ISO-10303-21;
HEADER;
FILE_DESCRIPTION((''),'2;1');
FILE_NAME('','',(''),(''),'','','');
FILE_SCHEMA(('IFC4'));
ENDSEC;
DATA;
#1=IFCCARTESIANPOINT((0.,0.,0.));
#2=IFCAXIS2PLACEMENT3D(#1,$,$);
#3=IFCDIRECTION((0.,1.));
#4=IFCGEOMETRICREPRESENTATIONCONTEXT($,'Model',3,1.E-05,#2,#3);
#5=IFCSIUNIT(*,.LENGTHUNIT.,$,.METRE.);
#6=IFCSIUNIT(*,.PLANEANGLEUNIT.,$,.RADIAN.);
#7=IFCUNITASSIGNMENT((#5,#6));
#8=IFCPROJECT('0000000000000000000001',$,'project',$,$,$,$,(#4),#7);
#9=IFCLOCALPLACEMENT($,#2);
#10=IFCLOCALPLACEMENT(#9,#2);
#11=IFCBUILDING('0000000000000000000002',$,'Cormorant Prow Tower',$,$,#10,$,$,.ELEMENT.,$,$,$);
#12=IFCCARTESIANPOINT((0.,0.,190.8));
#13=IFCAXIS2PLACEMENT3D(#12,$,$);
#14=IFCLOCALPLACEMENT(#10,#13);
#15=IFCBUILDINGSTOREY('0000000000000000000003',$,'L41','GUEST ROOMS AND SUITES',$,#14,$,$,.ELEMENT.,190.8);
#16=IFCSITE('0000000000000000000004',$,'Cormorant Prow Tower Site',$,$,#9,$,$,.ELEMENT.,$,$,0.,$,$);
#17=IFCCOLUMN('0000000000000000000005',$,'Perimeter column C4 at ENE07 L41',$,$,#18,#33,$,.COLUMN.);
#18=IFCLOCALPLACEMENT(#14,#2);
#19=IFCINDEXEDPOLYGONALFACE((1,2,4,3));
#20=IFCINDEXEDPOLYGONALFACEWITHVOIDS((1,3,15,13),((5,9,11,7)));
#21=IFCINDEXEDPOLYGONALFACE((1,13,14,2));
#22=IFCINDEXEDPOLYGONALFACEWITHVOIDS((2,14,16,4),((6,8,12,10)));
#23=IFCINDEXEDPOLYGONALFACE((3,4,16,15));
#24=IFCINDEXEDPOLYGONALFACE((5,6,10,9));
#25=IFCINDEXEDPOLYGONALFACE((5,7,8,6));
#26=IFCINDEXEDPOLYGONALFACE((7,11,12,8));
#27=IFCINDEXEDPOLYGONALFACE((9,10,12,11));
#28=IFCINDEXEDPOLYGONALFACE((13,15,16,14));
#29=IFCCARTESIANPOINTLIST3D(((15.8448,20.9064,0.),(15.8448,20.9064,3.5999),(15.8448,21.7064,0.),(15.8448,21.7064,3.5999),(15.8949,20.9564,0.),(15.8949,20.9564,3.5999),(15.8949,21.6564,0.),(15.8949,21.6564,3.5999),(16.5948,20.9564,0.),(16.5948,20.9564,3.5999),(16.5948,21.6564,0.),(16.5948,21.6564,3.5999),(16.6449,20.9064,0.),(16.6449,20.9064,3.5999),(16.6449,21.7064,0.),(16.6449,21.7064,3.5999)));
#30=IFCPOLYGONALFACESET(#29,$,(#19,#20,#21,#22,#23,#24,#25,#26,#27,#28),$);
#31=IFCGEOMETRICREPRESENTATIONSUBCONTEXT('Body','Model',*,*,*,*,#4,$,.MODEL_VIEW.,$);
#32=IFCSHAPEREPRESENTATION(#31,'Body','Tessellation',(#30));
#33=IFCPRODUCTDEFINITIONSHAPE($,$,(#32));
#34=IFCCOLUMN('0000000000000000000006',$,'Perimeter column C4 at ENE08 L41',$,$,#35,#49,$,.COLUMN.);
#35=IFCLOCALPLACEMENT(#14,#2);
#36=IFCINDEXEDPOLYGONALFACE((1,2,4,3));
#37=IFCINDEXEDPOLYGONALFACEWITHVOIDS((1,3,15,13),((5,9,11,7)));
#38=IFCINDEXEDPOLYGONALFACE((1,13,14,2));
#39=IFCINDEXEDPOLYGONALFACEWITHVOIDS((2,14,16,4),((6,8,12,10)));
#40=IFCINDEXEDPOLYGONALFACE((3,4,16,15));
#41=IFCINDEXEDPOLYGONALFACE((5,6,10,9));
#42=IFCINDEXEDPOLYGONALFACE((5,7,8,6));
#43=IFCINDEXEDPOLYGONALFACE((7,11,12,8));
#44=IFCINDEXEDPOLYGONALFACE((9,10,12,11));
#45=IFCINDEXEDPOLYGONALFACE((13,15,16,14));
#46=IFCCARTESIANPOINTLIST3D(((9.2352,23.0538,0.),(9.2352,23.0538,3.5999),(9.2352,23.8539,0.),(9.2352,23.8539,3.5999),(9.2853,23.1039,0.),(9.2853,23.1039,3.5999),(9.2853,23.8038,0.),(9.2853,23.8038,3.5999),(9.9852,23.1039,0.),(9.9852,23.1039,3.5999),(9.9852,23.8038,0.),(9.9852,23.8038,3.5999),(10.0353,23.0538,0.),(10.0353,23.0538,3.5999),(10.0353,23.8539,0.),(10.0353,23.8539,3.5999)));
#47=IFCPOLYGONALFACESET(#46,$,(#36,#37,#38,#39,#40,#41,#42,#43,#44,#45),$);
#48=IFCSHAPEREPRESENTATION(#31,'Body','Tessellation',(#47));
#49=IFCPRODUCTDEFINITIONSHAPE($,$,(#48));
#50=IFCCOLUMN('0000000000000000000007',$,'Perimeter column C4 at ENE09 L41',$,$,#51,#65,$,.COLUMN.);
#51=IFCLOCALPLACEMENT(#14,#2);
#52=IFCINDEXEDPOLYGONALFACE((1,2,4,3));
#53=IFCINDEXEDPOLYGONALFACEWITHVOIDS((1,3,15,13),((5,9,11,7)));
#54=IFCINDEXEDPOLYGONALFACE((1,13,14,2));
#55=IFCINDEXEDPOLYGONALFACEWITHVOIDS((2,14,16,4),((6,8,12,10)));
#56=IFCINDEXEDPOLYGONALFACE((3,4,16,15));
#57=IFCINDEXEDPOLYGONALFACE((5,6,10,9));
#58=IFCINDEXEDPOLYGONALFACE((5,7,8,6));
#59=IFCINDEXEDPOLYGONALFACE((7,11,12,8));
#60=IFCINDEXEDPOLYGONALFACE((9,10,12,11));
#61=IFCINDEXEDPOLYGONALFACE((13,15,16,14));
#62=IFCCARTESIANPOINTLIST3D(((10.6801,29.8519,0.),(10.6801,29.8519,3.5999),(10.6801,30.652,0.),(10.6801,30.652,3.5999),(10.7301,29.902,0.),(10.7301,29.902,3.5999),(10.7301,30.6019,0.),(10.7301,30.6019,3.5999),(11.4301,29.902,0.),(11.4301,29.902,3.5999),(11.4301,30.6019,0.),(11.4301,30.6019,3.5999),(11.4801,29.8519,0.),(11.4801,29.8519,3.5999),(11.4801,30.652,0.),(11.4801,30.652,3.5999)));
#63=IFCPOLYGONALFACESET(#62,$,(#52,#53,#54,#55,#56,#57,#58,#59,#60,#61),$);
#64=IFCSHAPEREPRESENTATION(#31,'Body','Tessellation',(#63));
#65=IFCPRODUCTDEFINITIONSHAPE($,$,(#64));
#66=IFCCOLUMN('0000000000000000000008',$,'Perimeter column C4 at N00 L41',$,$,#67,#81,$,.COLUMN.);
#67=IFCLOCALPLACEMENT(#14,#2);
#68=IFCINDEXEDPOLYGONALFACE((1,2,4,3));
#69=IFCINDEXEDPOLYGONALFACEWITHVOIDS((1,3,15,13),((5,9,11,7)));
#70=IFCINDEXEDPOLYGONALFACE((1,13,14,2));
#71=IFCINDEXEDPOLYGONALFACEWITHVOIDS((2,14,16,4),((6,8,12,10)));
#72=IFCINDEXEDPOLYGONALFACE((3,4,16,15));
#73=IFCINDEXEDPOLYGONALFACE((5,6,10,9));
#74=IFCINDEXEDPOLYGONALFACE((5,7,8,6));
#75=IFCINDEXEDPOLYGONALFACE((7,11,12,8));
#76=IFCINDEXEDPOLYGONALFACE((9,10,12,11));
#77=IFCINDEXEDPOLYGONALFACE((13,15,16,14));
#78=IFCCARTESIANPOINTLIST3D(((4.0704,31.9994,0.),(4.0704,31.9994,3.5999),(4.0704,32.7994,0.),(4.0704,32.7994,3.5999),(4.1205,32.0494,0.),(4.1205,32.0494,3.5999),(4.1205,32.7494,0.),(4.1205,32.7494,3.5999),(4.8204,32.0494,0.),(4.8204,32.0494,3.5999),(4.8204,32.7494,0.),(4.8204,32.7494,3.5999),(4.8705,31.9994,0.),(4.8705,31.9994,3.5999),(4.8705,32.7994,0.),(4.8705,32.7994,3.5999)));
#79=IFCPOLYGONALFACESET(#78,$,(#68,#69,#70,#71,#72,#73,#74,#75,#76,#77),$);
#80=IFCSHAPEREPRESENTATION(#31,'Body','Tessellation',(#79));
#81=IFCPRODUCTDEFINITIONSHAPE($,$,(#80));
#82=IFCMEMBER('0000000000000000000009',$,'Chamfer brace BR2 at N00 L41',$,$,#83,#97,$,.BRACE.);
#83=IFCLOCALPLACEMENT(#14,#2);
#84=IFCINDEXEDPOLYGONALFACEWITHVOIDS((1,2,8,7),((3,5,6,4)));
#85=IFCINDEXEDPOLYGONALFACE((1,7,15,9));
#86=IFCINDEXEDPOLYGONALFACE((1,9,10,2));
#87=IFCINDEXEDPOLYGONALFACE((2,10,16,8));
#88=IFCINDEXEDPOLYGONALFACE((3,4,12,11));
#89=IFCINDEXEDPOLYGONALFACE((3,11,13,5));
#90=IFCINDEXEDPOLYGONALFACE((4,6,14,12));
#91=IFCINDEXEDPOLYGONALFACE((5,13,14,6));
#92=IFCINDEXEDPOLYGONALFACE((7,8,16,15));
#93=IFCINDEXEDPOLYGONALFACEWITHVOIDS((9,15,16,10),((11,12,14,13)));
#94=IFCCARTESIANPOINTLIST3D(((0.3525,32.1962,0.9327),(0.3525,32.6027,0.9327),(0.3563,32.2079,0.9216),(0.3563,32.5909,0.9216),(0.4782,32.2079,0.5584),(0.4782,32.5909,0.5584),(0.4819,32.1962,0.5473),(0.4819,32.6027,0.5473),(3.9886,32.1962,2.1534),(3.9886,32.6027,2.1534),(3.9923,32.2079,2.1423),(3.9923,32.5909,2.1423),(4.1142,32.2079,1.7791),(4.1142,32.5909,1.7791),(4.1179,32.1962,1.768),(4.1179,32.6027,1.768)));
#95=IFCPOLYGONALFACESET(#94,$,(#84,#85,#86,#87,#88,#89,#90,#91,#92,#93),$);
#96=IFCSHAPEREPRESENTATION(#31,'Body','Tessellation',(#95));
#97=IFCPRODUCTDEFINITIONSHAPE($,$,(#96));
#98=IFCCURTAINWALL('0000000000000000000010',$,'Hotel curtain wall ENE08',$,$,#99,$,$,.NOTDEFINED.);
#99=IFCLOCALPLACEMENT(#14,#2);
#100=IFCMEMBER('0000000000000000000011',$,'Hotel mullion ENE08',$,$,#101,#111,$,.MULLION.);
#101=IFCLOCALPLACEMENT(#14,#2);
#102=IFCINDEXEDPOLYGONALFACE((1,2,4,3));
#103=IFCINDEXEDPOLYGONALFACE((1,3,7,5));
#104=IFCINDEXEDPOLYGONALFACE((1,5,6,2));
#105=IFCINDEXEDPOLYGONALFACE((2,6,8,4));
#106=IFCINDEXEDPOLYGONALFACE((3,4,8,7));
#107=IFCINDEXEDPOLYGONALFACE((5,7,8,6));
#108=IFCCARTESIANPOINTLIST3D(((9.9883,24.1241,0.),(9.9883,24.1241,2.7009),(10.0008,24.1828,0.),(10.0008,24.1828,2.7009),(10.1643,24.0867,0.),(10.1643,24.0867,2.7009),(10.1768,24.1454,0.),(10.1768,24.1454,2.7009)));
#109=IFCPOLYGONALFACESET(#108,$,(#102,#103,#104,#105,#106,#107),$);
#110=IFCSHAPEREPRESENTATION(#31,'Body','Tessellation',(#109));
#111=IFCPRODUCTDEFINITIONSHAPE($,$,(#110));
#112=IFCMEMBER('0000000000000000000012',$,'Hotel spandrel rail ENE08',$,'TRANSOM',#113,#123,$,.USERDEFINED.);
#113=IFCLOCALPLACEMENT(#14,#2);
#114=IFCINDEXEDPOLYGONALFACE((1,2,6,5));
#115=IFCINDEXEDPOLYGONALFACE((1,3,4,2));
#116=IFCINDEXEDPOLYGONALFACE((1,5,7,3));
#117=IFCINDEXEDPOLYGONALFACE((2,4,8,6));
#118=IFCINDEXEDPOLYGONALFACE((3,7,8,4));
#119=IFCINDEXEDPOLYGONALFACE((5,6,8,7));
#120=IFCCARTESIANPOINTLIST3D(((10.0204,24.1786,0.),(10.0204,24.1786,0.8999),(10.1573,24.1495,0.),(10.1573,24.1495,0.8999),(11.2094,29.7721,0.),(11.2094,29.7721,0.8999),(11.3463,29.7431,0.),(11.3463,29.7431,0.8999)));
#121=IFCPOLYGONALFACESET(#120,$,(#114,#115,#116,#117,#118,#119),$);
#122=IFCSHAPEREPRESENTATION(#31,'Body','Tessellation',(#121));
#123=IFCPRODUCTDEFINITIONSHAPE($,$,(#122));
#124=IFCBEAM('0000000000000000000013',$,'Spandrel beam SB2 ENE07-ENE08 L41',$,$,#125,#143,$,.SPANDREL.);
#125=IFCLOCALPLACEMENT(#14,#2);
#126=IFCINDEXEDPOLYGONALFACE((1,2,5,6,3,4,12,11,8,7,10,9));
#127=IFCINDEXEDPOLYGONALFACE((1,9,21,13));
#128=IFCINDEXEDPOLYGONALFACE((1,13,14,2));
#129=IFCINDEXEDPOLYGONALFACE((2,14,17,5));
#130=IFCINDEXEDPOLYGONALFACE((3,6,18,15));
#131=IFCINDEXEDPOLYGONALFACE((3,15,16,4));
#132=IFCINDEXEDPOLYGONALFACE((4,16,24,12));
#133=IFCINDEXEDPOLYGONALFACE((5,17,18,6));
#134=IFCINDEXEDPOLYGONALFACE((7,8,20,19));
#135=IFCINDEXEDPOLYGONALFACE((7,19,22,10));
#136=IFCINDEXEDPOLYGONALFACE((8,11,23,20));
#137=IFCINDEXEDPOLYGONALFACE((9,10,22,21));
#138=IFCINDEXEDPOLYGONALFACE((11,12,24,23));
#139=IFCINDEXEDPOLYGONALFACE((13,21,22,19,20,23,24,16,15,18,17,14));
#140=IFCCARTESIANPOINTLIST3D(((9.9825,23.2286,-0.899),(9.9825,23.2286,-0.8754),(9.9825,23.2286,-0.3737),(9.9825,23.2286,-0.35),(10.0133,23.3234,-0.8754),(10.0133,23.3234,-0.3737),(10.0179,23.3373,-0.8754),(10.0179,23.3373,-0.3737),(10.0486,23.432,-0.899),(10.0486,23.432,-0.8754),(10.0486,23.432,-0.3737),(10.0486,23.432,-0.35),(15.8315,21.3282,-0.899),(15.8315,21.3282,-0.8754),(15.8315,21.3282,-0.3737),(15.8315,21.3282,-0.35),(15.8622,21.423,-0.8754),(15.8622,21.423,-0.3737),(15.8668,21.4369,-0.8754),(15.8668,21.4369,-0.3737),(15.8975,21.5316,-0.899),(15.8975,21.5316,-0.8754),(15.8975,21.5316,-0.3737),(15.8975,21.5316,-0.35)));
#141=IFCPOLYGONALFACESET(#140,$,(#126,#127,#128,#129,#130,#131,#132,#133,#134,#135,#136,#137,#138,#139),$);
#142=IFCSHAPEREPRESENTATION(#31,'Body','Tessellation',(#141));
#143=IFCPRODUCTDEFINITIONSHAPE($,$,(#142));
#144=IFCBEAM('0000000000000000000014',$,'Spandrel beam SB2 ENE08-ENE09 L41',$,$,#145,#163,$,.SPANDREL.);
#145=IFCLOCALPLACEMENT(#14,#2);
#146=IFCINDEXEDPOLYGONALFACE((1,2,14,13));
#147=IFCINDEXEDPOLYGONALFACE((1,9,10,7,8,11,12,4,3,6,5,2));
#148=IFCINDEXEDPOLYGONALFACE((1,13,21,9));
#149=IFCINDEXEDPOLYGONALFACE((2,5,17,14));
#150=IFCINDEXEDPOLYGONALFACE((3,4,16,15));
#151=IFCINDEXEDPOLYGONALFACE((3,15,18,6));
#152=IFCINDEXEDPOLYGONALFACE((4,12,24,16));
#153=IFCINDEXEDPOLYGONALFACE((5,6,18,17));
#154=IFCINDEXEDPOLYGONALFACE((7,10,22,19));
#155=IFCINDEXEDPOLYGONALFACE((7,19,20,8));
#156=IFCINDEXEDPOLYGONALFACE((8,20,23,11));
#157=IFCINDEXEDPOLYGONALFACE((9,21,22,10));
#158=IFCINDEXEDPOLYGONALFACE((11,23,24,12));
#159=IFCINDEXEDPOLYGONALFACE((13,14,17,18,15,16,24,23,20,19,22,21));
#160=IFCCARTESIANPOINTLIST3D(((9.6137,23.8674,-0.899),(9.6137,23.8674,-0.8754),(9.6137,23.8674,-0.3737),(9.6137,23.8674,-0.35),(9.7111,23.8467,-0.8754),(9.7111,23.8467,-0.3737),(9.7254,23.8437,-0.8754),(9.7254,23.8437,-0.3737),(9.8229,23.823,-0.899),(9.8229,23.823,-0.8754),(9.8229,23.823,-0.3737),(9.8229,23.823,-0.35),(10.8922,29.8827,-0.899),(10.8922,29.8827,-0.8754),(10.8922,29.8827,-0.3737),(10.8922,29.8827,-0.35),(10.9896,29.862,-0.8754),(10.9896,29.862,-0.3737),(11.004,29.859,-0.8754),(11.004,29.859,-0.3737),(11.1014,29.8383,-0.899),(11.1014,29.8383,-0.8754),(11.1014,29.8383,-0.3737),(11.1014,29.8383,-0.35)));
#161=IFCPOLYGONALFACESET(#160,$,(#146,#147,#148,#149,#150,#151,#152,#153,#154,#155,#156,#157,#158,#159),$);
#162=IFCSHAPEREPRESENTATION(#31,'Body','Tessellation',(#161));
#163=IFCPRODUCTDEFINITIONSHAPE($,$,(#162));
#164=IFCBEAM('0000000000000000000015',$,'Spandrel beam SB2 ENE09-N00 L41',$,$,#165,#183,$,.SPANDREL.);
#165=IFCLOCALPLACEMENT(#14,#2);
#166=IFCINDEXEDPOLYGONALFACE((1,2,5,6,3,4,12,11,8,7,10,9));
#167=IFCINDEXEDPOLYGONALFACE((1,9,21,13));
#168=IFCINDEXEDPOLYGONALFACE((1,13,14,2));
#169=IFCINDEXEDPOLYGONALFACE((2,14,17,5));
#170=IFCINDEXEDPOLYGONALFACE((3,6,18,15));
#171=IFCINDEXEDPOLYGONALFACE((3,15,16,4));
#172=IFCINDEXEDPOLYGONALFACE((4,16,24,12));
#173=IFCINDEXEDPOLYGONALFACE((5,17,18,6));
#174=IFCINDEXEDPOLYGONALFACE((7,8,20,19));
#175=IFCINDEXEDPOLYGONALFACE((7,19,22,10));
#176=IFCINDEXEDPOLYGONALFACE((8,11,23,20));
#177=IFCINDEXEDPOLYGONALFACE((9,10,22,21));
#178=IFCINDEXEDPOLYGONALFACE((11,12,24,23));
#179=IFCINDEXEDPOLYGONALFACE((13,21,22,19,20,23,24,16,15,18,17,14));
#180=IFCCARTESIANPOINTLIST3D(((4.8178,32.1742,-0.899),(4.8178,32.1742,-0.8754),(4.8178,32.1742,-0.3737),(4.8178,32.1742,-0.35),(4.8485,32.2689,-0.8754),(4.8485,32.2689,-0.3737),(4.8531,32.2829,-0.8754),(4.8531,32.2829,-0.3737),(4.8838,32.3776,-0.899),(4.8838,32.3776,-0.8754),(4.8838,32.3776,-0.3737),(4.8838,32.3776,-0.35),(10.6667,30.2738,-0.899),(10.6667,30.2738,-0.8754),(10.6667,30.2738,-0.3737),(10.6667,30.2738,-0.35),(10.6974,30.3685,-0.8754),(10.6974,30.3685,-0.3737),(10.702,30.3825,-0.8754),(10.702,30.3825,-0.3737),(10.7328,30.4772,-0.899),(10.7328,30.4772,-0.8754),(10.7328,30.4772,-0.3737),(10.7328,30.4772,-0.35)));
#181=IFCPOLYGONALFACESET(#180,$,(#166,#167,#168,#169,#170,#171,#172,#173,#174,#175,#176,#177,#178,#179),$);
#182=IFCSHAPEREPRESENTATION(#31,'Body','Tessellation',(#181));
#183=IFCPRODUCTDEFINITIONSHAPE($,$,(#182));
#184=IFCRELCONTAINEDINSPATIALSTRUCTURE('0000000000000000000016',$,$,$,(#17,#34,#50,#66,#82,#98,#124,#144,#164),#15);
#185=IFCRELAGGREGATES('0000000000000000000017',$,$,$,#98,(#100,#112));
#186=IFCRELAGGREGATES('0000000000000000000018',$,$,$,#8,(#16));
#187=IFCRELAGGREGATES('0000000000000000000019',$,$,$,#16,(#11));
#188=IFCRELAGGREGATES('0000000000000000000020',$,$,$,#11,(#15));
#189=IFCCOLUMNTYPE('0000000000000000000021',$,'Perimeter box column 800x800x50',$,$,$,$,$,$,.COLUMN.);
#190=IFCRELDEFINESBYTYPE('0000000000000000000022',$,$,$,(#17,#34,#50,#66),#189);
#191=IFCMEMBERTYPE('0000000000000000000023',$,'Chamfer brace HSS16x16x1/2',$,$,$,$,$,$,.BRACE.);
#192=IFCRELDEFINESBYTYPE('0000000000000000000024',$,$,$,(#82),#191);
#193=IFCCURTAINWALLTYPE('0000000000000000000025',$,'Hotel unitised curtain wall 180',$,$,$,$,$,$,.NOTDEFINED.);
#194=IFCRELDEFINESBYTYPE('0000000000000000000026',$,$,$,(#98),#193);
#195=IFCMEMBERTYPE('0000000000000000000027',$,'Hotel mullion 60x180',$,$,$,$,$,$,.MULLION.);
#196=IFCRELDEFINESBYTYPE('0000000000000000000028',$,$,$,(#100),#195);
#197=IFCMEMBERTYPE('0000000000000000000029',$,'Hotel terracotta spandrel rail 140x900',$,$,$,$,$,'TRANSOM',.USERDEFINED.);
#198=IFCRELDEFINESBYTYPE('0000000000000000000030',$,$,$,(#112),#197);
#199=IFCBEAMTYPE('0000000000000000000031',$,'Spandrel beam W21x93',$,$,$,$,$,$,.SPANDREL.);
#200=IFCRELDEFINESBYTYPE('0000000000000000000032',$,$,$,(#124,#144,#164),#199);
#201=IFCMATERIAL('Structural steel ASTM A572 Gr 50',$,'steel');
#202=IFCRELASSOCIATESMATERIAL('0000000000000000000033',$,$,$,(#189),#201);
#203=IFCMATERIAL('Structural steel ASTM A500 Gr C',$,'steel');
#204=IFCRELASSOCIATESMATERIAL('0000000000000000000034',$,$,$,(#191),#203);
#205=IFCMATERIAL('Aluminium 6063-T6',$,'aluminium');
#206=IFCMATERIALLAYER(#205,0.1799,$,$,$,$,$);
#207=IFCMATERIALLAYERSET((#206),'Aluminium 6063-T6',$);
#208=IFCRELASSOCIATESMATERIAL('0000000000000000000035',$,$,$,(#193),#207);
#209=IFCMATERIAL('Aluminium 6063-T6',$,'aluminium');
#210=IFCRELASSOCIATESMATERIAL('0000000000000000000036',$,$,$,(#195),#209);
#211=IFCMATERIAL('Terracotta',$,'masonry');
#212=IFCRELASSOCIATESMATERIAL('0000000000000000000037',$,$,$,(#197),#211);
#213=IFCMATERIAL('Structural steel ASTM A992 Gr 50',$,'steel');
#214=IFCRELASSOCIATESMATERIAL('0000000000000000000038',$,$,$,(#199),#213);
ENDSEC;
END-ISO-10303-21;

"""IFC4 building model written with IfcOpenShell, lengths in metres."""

from ifc_helpers import new_model, si_unit, direction, frame, origin, origin_2d, place, context, subcontext, project, spatial, rectangle, hollow_rectangle, i_section, extrude, material, layer, layer_set, material_profile, profile_set, type_object, element, aggregate, save


model = new_model("IFC4")

# Units and contexts
model_context = context("Model", 3, precision=1e-05, world=origin(), true_north=direction((0.0, 1.0)))
body_context = subcontext(model_context, "Body", "Model", "MODEL_VIEW")
ifc_project = project(units=[si_unit("LENGTHUNIT", "METRE"), si_unit("PLANEANGLEUNIT", "RADIAN")], contexts=[model_context])

# Site, building, storey
site_placement = place(None, origin())
site = spatial("IfcSite", under=ifc_project, at=site_placement, Name="Cormorant Prow Tower Site", CompositionType="ELEMENT", RefElevation=0.0)
building_placement = place(site_placement, origin())
building = spatial("IfcBuilding", under=site, at=building_placement, Name="Cormorant Prow Tower", CompositionType="ELEMENT")
storey_placement = place(building_placement, frame((0.0, 0.0, 190.8)))
storey = spatial("IfcBuildingStorey", under=building, at=storey_placement, Name="L41", Description="GUEST ROOMS AND SUITES", CompositionType="ELEMENT", Elevation=190.8)

# Columns
ifc_material_1 = material(Name="Structural steel ASTM A572 Gr 50", Category="steel")
ifc_material_profile_1 = material_profile(ifc_material_1, hollow_rectangle(XDim=0.8, YDim=0.8, WallThickness=0.05, at=origin_2d()), Name="Box 800x800x50")
ifc_profile_set_1 = profile_set([ifc_material_profile_1], Name="Structural steel ASTM A572 Gr 50")
column_type = type_object("IfcColumnType", Name="Perimeter box column 800x800x50", PredefinedType="COLUMN", material=ifc_profile_set_1)
for number, where, z_axis, x_axis, name in (
    (1, (16.2449, 21.3064, 0.0), (0.0, 0.0, 1.0), (1.0, 0.0, 0.0), "Perimeter column C4 at ENE07 L41"),
    (2, (9.6353, 23.4539, 0.0), (0.0, 0.0, 1.0), (1.0, 0.0, 0.0), "Perimeter column C4 at ENE08 L41"),
    (3, (11.0801, 30.252, 0.0), (0.0, 0.0, 1.0), (1.0, 0.0, 0.0), "Perimeter column C4 at ENE09 L41"),
    (4, (4.4705, 32.3994, 0.0), (0.0, 0.0, 1.0), (1.0, 0.0, 0.0), "Perimeter column C4 at N00 L41"),
):
    element("IfcColumn", number, at=place(storey_placement, frame(where, z_axis=z_axis, x_axis=x_axis)), inside=storey, type_object=column_type, Name=name, PredefinedType="COLUMN", context=body_context, shape_type="SweptSolid", body=[
        extrude(hollow_rectangle(XDim=0.8, YDim=0.8, WallThickness=0.05, at=origin_2d()), origin(), (0.0, 0.0, 1.0), 3.5999),
    ])

# Member
ifc_material_2 = material(Name="Structural steel ASTM A500 Gr C", Category="steel")
ifc_material_profile_2 = material_profile(ifc_material_2, hollow_rectangle(XDim=0.4065, YDim=0.4065, WallThickness=0.0117, at=origin_2d()), Name="HSS16x16x1/2")
ifc_profile_set_2 = profile_set([ifc_material_profile_2], Name="Structural steel ASTM A500 Gr C")
member_type_1 = type_object("IfcMemberType", Name="Chamfer brace HSS16x16x1/2", PredefinedType="BRACE", material=ifc_profile_set_2)
member_1_placement = place(storey_placement, frame((0.4172, 32.3994, 0.74), z_axis=(0.948, 0.0, 0.31827), x_axis=(0.0, 1.0, 0.0)))
element("IfcMember", 5, at=member_1_placement, inside=storey, type_object=member_type_1, Name="Chamfer brace BR2 at N00 L41", PredefinedType="BRACE", context=body_context, shape_type="SweptSolid", body=[
    extrude(hollow_rectangle(XDim=0.4065, YDim=0.4065, WallThickness=0.0117, at=origin_2d()), origin(), (0.0, 0.0, 1.0), 3.8354),
])

# Curtain wall, members
ifc_material_3 = material(Name="Aluminium 6063-T6", Category="aluminium")
ifc_layer_1 = layer(ifc_material_3, 0.1799)
ifc_layer_set_1 = layer_set([ifc_layer_1], Name="Aluminium 6063-T6")
curtain_wall_type = type_object("IfcCurtainWallType", Name="Hotel unitised curtain wall 180", PredefinedType="NOTDEFINED", material=ifc_layer_set_1)
curtain_wall_1_placement = place(storey_placement, origin())
curtain_wall_1 = element("IfcCurtainWall", 6, at=curtain_wall_1_placement, inside=storey, type_object=curtain_wall_type, Name="Hotel curtain wall ENE08", PredefinedType="NOTDEFINED")
ifc_material_4 = material(Name="Aluminium 6063-T6", Category="aluminium")
ifc_material_profile_3 = material_profile(ifc_material_4, rectangle(XDim=0.1799, YDim=0.0601, at=origin_2d()), Name="Hotel mullion 60x180")
ifc_profile_set_3 = profile_set([ifc_material_profile_3], Name="Aluminium 6063-T6")
member_type_2 = type_object("IfcMemberType", Name="Hotel mullion 60x180", PredefinedType="MULLION", material=ifc_profile_set_3)
member_2_placement = place(storey_placement, frame((10.0825, 24.1348, 0.0), z_axis=(0.0, 0.0, 1.0), x_axis=(-0.978148, 0.207912, 0.0)))
member_2 = element("IfcMember", 7, at=member_2_placement, type_object=member_type_2, Name="Hotel mullion ENE08", PredefinedType="MULLION", context=body_context, shape_type="SweptSolid", body=[
    extrude(rectangle(XDim=0.1799, YDim=0.0601, at=origin_2d()), origin(), (0.0, 0.0, 1.0), 2.7009),
])
ifc_material_5 = material(Name="Terracotta", Category="masonry")
ifc_material_profile_4 = material_profile(ifc_material_5, rectangle(XDim=0.1399, YDim=0.8999, at=origin_2d()), Name="Hotel terracotta spandrel rail 140x900")
ifc_profile_set_4 = profile_set([ifc_material_profile_4], Name="Terracotta")
member_type_3 = type_object("IfcMemberType", Name="Hotel terracotta spandrel rail 140x900", ElementType="TRANSOM", PredefinedType="USERDEFINED", material=ifc_profile_set_4)
member_3_placement = place(storey_placement, frame((10.0889, 24.1641, 0.45), z_axis=(0.207916, 0.978147, 0.0), x_axis=(-0.978147, 0.207916, 0.0)))
member_3 = element("IfcMember", 8, at=member_3_placement, type_object=member_type_3, Name="Hotel spandrel rail ENE08", ObjectType="TRANSOM", PredefinedType="USERDEFINED", context=body_context, shape_type="SweptSolid", body=[
    extrude(rectangle(XDim=0.1399, YDim=0.8999, at=origin_2d()), origin(), (0.0, 0.0, 1.0), 5.7185),
])

# Beams
ifc_material_6 = material(Name="Structural steel ASTM A992 Gr 50", Category="steel")
ifc_material_profile_5 = material_profile(ifc_material_6, i_section(OverallWidth=0.2139, OverallDepth=0.5491, WebThickness=0.0146, FlangeThickness=0.0237, at=origin_2d()), Name="W21x93")
ifc_profile_set_5 = profile_set([ifc_material_profile_5], Name="Structural steel ASTM A992 Gr 50")
beam_type = type_object("IfcBeamType", Name="Spandrel beam W21x93", PredefinedType="SPANDREL", material=ifc_profile_set_5)
beam_1_placement = place(storey_placement, frame((15.8645, 21.4299, -0.6245), z_axis=(-0.951058, 0.309013, 0.0), x_axis=(-0.309013, -0.951058, 0.0)))
element("IfcBeam", 9, at=beam_1_placement, inside=storey, type_object=beam_type, Name="Spandrel beam SB2 ENE07-ENE08 L41", PredefinedType="SPANDREL", context=body_context, shape_type="SweptSolid", body=[
    extrude(i_section(OverallWidth=0.2139, OverallDepth=0.5491, WebThickness=0.0146, FlangeThickness=0.0237, at=origin_2d()), origin(), (0.0, 0.0, 1.0), 6.1499),
])
beam_2_placement = place(storey_placement, frame((9.7183, 23.8452, -0.6245), z_axis=(0.207905, 0.978149, 0.0), x_axis=(-0.978149, 0.207905, 0.0)))
element("IfcBeam", 10, at=beam_2_placement, inside=storey, type_object=beam_type, Name="Spandrel beam SB2 ENE08-ENE09 L41", PredefinedType="SPANDREL", context=body_context, shape_type="SweptSolid", body=[
    extrude(i_section(OverallWidth=0.2139, OverallDepth=0.5491, WebThickness=0.0146, FlangeThickness=0.0237, at=origin_2d()), origin(), (0.0, 0.0, 1.0), 6.1497),
])
beam_3_placement = place(storey_placement, frame((10.6997, 30.3755, -0.6245), z_axis=(-0.951058, 0.309013, 0.0), x_axis=(-0.309013, -0.951058, 0.0)))
element("IfcBeam", 11, at=beam_3_placement, inside=storey, type_object=beam_type, Name="Spandrel beam SB2 ENE09-N00 L41", PredefinedType="SPANDREL", context=body_context, shape_type="SweptSolid", body=[
    extrude(i_section(OverallWidth=0.2139, OverallDepth=0.5491, WebThickness=0.0146, FlangeThickness=0.0237, at=origin_2d()), origin(), (0.0, 0.0, 1.0), 6.1499),
])

aggregate(curtain_wall_1, [member_2, member_3])

save(model, "model.ifc")
